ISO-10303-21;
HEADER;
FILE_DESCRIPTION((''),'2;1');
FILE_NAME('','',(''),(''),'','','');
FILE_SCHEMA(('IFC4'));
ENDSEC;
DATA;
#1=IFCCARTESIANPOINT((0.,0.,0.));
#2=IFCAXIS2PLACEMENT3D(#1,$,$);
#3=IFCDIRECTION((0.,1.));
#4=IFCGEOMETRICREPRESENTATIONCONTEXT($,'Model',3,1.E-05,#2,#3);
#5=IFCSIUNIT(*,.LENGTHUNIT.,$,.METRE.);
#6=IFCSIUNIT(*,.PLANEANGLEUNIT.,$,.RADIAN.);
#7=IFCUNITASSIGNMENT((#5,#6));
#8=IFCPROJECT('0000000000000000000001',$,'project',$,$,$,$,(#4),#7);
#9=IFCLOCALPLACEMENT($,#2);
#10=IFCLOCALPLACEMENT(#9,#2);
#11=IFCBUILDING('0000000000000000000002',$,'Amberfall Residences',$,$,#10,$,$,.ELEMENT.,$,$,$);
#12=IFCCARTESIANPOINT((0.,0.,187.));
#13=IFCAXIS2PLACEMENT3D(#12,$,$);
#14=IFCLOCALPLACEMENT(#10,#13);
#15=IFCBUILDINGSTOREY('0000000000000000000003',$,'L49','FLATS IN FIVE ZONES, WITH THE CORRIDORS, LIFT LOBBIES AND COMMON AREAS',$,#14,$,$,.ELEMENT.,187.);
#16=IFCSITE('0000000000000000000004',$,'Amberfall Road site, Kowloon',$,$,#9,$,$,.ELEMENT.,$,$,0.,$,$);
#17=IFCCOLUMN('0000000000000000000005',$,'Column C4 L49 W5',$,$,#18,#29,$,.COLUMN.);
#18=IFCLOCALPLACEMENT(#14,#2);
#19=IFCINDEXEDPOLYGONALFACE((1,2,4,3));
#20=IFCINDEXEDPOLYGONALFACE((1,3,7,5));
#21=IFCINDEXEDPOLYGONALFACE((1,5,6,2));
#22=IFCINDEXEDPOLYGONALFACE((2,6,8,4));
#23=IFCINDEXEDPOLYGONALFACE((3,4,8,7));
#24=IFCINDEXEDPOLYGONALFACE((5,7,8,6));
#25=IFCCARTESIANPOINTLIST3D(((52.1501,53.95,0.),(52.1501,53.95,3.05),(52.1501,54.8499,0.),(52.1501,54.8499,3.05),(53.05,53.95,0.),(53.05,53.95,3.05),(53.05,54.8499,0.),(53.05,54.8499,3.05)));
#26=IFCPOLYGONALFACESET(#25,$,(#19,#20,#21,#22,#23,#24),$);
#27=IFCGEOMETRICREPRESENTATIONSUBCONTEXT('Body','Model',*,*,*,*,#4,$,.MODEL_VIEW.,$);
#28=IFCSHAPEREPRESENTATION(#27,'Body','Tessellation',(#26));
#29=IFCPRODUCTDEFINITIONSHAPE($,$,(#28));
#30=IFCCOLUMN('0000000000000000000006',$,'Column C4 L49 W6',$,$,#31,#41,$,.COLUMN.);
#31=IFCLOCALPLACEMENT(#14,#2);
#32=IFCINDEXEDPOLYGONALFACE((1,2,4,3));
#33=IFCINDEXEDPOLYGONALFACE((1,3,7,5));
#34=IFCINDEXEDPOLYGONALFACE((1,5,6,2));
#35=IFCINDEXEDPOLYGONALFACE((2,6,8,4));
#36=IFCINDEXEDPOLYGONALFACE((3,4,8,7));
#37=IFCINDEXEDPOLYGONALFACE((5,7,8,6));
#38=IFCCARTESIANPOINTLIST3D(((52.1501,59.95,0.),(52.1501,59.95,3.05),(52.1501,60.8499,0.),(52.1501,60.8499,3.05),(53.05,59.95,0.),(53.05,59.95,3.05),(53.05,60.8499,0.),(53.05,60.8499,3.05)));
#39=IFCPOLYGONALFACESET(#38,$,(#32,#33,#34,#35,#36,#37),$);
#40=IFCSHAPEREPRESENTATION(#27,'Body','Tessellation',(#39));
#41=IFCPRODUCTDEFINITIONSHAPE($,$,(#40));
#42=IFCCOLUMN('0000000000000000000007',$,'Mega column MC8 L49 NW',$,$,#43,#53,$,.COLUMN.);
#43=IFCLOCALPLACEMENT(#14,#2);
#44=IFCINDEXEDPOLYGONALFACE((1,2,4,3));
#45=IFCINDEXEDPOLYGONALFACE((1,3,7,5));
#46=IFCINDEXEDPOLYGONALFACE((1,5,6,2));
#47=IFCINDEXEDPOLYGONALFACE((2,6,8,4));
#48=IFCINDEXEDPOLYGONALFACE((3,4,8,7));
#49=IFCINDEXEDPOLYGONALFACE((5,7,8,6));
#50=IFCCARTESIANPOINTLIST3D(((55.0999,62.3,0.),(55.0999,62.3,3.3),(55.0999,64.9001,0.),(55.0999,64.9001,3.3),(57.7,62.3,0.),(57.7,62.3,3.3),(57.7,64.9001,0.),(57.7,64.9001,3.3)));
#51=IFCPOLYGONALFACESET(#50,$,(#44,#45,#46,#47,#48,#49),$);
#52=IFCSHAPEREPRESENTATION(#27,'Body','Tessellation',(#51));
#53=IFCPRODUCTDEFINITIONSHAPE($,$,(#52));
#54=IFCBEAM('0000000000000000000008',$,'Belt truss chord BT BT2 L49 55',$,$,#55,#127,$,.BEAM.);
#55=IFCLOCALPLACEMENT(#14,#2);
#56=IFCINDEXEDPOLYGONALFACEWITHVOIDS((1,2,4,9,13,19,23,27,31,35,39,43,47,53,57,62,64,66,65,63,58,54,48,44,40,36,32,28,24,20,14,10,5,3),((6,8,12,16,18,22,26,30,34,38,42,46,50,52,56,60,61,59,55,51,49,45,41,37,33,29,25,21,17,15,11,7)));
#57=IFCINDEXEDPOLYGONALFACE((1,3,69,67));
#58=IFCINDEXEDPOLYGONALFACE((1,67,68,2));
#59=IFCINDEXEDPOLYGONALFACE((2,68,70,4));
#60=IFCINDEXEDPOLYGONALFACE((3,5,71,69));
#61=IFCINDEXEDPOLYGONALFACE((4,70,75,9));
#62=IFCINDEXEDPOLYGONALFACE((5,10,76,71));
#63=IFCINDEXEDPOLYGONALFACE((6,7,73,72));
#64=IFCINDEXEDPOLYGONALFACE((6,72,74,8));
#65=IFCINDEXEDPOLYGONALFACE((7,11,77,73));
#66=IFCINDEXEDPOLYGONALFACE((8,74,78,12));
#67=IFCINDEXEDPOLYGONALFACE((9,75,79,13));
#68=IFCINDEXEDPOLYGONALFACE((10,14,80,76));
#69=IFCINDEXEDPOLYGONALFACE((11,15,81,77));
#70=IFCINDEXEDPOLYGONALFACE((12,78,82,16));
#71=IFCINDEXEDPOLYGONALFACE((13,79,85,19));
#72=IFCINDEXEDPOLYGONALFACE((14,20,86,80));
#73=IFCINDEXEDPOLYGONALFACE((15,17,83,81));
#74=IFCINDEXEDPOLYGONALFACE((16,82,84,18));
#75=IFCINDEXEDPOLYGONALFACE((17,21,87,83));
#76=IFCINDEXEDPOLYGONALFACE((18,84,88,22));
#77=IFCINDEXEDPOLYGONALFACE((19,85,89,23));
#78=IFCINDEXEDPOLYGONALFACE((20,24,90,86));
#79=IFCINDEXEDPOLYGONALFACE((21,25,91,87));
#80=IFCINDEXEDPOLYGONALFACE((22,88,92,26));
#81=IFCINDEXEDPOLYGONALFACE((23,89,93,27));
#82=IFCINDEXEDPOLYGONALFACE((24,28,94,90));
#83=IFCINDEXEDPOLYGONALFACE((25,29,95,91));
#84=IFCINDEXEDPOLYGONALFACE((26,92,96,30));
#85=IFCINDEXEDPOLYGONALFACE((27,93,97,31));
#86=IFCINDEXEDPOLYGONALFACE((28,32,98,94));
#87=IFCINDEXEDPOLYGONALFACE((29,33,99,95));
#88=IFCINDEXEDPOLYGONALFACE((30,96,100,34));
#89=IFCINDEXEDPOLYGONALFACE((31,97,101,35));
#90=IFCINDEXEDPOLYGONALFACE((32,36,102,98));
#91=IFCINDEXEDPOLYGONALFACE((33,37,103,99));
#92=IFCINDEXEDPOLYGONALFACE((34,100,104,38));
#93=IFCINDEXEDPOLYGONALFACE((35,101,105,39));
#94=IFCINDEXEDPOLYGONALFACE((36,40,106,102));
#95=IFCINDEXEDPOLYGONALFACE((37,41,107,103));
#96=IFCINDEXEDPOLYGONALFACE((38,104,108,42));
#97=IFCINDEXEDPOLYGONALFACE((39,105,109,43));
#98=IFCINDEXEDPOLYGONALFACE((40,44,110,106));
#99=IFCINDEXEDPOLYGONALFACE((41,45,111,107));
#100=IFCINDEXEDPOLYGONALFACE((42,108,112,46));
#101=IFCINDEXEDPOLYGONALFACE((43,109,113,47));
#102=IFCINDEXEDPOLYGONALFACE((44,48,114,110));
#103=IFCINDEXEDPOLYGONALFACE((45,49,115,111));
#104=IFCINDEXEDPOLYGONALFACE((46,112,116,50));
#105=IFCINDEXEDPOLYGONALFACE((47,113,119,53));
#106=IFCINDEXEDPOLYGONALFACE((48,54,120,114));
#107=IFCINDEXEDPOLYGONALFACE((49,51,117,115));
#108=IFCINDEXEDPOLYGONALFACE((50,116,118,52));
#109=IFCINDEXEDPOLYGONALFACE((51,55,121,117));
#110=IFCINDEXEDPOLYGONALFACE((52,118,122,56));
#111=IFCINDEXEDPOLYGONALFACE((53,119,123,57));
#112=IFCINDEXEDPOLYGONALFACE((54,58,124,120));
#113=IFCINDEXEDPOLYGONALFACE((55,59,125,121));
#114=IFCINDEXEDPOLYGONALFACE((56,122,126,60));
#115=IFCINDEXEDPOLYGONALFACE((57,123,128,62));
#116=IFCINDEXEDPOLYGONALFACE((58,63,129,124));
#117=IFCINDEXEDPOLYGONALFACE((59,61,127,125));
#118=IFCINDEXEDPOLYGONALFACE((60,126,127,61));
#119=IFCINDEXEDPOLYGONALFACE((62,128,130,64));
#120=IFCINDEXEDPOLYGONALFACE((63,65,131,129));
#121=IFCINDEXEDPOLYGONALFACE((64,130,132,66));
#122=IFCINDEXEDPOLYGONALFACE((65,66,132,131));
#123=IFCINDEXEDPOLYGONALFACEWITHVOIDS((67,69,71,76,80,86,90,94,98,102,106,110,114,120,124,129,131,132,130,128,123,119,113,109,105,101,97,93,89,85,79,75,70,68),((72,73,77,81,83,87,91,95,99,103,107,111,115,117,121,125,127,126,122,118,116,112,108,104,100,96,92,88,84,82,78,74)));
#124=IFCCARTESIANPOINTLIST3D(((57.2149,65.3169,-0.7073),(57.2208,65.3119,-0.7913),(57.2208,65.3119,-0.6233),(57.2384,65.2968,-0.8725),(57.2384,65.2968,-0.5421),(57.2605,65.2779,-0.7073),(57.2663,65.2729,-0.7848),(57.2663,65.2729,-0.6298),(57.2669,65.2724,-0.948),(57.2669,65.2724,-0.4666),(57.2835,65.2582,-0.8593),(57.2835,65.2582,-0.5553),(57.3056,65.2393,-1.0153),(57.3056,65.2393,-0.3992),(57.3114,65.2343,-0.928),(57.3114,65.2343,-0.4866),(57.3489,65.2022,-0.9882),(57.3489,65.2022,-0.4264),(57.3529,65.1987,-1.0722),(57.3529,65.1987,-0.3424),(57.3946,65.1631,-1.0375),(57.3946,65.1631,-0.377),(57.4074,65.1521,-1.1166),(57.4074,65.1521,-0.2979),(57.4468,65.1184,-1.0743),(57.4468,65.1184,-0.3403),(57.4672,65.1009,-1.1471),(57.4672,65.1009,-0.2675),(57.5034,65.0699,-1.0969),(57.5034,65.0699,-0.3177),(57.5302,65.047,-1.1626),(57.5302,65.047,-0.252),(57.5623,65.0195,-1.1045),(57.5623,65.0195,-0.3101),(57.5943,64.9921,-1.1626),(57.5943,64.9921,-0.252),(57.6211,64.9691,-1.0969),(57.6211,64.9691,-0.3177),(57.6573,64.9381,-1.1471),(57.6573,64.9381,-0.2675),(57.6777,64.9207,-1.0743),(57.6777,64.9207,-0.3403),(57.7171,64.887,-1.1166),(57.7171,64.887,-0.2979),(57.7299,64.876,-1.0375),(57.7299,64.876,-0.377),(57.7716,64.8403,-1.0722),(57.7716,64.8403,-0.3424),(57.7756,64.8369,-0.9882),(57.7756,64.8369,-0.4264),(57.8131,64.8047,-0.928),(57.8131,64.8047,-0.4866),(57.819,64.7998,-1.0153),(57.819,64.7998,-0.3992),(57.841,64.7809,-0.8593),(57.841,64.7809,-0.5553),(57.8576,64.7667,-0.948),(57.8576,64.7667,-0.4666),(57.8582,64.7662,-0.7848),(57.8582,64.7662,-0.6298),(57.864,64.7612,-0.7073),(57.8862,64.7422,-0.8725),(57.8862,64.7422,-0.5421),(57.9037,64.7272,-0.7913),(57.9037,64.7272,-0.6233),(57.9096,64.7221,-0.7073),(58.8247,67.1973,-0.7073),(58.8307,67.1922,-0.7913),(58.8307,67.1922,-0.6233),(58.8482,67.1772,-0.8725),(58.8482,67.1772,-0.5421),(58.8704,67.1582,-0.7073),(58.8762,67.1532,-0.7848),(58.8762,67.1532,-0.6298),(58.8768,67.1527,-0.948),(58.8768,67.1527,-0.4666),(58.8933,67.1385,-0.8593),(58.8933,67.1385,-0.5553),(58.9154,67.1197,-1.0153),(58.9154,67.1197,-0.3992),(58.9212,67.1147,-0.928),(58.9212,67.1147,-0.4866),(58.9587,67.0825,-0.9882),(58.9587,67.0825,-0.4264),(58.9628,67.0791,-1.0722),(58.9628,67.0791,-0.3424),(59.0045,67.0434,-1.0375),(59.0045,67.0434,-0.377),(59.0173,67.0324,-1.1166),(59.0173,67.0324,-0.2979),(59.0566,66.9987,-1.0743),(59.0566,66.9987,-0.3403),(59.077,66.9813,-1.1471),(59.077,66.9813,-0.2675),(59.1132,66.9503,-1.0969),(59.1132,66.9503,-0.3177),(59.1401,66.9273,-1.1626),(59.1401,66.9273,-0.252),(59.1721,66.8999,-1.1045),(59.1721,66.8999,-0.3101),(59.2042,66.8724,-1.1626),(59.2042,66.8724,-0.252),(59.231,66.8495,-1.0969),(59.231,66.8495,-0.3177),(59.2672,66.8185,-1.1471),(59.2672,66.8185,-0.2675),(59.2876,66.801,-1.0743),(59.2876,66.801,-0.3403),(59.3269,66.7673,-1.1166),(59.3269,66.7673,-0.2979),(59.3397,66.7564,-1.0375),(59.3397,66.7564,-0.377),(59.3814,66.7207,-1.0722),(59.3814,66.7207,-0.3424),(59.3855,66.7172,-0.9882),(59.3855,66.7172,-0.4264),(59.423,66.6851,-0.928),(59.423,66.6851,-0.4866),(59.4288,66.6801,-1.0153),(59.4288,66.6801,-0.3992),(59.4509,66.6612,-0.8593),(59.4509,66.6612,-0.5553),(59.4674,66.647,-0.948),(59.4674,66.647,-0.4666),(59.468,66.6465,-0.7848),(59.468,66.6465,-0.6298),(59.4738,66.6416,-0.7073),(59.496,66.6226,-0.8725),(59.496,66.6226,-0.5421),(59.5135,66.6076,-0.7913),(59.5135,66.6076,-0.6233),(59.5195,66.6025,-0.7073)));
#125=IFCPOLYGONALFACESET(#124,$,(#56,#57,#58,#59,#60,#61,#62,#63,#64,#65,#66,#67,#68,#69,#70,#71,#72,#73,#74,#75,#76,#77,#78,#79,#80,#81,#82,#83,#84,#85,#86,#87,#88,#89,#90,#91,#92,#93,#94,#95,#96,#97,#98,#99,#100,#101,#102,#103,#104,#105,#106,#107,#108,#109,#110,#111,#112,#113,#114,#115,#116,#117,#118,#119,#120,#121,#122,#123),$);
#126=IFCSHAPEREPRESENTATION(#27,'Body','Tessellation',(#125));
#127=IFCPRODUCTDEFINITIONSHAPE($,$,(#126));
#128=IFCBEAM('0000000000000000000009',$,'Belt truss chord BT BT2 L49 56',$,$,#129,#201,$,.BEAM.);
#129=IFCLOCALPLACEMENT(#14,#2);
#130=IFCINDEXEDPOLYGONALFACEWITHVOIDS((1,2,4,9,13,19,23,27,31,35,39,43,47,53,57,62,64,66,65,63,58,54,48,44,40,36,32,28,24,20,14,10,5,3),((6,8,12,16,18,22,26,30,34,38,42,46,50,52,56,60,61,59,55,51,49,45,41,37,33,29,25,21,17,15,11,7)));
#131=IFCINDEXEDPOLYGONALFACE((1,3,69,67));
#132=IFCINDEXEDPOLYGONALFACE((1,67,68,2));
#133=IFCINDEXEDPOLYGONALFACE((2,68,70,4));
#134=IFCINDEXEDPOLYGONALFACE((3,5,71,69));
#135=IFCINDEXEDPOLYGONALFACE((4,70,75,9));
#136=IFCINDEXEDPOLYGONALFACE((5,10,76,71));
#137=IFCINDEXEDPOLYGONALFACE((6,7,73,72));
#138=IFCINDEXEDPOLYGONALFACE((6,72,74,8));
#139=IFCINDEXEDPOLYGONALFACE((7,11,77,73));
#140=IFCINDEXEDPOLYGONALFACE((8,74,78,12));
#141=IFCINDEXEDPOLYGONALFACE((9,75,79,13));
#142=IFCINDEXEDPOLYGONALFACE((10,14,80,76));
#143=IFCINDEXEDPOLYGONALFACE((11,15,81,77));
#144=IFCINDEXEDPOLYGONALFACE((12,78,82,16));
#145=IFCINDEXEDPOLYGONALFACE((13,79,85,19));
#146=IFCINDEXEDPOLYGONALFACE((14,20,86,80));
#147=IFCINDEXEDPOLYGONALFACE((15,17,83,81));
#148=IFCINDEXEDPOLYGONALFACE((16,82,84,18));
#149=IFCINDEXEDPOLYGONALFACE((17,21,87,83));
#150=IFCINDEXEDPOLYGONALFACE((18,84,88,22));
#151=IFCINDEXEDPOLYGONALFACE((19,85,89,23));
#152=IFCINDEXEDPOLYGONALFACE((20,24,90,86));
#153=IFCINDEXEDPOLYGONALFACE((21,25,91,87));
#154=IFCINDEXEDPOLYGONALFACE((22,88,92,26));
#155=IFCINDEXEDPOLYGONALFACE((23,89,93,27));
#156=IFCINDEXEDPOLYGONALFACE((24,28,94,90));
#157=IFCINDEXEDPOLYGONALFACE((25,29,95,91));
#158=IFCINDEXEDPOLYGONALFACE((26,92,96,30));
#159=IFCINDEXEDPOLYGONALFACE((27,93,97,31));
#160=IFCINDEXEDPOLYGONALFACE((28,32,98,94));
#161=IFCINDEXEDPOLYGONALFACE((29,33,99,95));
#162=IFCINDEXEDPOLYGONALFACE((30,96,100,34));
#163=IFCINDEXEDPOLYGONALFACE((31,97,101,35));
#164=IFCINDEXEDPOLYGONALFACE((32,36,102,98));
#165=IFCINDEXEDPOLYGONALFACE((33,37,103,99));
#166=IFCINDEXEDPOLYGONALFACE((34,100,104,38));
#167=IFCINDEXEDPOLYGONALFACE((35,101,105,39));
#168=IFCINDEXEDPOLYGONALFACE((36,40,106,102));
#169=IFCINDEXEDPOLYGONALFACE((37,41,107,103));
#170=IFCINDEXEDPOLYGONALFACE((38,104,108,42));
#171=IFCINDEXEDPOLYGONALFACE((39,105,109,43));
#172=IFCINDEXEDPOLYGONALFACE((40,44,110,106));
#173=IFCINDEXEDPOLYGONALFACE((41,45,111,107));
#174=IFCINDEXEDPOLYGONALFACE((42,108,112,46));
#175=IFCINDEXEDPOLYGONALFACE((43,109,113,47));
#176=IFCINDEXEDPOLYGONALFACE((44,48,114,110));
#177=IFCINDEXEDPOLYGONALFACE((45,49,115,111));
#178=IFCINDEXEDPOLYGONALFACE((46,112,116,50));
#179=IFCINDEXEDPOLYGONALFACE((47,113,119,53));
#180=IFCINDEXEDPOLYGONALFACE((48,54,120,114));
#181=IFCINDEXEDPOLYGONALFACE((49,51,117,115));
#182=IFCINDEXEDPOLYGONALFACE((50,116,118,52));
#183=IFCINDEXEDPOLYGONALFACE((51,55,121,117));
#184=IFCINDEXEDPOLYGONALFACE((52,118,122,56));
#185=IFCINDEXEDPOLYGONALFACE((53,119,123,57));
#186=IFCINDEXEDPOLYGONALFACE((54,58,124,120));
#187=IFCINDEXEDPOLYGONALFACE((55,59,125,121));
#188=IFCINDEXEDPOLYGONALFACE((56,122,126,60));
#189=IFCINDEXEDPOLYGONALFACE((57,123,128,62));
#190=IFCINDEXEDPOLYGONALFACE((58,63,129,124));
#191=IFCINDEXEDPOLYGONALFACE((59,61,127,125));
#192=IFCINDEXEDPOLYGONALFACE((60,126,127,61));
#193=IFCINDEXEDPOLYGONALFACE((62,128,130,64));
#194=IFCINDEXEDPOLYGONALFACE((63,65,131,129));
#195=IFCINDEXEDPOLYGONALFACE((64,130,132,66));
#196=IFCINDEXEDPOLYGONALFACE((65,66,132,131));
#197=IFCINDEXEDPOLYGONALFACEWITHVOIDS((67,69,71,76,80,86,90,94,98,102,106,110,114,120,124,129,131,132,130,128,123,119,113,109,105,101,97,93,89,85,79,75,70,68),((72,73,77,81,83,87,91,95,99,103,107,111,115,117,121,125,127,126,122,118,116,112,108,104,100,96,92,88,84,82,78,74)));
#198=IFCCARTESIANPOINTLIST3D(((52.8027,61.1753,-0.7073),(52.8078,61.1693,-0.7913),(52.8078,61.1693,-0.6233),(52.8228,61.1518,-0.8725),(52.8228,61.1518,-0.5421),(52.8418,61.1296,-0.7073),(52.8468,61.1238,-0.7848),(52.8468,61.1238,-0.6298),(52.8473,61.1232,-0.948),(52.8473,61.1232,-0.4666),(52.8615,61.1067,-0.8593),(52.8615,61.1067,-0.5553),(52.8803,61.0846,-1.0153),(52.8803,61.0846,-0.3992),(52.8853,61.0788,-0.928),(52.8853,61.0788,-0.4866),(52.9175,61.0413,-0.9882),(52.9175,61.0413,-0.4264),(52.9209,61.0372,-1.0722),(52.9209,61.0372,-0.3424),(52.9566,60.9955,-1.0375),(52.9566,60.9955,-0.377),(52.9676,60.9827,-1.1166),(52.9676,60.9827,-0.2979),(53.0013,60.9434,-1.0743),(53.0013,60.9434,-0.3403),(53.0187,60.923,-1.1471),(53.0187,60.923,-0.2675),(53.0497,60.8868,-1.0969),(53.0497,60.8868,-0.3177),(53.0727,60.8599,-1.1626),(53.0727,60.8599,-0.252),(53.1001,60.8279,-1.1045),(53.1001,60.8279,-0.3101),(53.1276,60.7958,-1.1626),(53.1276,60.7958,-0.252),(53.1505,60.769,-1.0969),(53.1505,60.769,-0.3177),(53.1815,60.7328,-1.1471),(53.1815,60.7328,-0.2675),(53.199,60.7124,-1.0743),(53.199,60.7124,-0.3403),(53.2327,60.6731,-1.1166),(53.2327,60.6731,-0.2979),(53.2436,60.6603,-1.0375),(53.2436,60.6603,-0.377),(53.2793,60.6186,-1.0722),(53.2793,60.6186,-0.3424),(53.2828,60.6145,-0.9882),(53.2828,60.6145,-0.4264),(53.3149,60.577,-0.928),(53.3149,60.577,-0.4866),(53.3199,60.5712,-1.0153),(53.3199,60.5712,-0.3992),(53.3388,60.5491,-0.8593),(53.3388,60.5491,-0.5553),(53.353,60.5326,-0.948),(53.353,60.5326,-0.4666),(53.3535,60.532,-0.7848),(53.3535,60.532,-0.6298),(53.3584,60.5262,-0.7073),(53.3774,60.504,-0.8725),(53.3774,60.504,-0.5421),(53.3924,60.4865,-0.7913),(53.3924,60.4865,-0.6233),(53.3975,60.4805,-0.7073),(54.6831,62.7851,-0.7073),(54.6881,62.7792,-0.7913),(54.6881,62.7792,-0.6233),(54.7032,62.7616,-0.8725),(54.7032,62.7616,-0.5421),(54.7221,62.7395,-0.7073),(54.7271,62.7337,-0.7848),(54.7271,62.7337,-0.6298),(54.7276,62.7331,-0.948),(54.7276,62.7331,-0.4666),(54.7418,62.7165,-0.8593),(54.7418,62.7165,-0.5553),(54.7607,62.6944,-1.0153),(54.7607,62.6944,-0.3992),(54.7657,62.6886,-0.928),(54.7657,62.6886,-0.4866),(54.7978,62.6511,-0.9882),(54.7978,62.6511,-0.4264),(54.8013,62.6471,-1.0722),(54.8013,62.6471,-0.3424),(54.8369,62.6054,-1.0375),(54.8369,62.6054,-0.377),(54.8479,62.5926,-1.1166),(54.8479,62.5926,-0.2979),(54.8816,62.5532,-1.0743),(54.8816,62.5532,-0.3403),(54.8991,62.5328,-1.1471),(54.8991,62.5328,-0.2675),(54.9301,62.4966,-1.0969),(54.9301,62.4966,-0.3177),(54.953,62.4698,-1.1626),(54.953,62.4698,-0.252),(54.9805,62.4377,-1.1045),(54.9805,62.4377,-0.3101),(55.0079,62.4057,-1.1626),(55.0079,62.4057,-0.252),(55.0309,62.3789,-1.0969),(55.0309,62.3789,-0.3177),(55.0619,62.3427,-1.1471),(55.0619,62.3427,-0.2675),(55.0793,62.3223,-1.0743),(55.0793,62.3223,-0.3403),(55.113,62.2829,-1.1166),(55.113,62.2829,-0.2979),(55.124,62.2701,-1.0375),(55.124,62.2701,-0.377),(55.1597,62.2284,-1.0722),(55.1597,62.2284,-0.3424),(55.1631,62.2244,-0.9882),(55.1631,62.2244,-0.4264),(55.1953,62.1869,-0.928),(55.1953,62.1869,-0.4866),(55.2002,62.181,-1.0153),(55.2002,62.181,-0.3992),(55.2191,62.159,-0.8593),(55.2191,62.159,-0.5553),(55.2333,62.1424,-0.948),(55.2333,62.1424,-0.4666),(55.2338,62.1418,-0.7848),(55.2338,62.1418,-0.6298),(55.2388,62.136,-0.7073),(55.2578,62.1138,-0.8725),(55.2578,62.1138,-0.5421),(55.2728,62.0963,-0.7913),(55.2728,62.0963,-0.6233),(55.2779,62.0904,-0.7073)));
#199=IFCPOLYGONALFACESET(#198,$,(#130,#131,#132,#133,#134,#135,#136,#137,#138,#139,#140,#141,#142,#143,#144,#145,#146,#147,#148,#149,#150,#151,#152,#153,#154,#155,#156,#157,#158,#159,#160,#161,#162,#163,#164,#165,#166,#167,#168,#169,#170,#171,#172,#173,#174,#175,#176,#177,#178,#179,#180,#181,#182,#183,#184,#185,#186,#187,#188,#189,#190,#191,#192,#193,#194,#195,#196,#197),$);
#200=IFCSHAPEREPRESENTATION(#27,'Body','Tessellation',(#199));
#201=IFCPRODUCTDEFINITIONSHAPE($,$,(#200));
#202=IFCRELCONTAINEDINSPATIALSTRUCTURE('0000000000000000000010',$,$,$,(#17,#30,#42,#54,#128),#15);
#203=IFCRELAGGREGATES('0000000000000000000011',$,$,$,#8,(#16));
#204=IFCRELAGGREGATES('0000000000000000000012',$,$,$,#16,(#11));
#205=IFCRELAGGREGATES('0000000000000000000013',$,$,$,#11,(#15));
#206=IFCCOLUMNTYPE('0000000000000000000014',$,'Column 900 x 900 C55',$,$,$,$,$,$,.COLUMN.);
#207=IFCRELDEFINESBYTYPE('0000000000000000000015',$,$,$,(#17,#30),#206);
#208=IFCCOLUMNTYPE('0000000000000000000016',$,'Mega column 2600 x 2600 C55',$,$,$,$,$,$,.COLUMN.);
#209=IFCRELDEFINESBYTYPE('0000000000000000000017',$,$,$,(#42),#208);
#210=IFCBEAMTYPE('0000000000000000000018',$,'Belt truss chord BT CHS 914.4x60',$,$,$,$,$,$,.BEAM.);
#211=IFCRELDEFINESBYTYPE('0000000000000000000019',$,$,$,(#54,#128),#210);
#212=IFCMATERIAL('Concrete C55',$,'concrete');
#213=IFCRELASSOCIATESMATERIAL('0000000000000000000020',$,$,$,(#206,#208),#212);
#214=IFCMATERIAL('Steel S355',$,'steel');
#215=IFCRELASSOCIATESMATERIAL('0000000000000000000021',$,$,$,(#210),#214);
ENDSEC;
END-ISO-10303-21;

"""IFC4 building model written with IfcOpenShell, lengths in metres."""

from ifc_helpers import new_model, si_unit, direction, frame, origin, origin_2d, place, context, subcontext, project, spatial, rectangle, hollow_circle, extrude, material, material_profile, profile_set, type_object, element, save


model = new_model("IFC4")

# Units and contexts
model_context = context("Model", 3, precision=1e-05, world=origin(), true_north=direction((0.0, 1.0)))
body_context = subcontext(model_context, "Body", "Model", "MODEL_VIEW")
ifc_project = project(units=[si_unit("LENGTHUNIT", "METRE"), si_unit("PLANEANGLEUNIT", "RADIAN")], contexts=[model_context])

# Site, building, storey
site_placement = place(None, origin())
site = spatial("IfcSite", under=ifc_project, at=site_placement, Name="Amberfall Road site, Kowloon", CompositionType="ELEMENT", RefElevation=0.0)
building_placement = place(site_placement, origin())
building = spatial("IfcBuilding", under=site, at=building_placement, Name="Amberfall Residences", CompositionType="ELEMENT")
storey_placement = place(building_placement, frame((0.0, 0.0, 187.0)))
storey = spatial("IfcBuildingStorey", under=building, at=storey_placement, Name="L49", Description="FLATS IN FIVE ZONES, WITH THE CORRIDORS, LIFT LOBBIES AND COMMON AREAS", CompositionType="ELEMENT", Elevation=187.0)

# Columns
ifc_material_1 = material(Name="Concrete C55", Category="concrete")
ifc_material_profile_1 = material_profile(ifc_material_1, rectangle(XDim=0.8999, YDim=0.8999, at=origin_2d()), Name="Column 900 x 900 C55")
ifc_profile_set_1 = profile_set([ifc_material_profile_1], Name="Concrete C55")
column_type_1 = type_object("IfcColumnType", Name="Column 900 x 900 C55", PredefinedType="COLUMN", material=ifc_profile_set_1)
for number, where, z_axis, x_axis, name in (
    (1, (52.6001, 54.3999, 0.0), (0.0, 0.0, 1.0), (1.0, 0.0, 0.0), "Column C4 L49 W5"),
    (2, (52.6001, 60.3999, 0.0), (0.0, 0.0, 1.0), (1.0, 0.0, 0.0), "Column C4 L49 W6"),
):
    element("IfcColumn", number, at=place(storey_placement, frame(where, z_axis=z_axis, x_axis=x_axis)), inside=storey, type_object=column_type_1, Name=name, PredefinedType="COLUMN", context=body_context, shape_type="SweptSolid", body=[
        extrude(rectangle(XDim=0.8999, YDim=0.8999, at=origin_2d()), origin(), (0.0, 0.0, 1.0), 3.05),
    ])
ifc_material_profile_2 = material_profile(ifc_material_1, rectangle(XDim=2.6001, YDim=2.6001, at=origin_2d()), Name="Mega column 2600 x 2600 C55")
ifc_profile_set_2 = profile_set([ifc_material_profile_2], Name="Concrete C55")
column_type_2 = type_object("IfcColumnType", Name="Mega column 2600 x 2600 C55", PredefinedType="COLUMN", material=ifc_profile_set_2)
column_placement = place(storey_placement, frame((56.3999, 63.6001, 0.0), z_axis=(0.0, 0.0, 1.0), x_axis=(1.0, 0.0, 0.0)))
element("IfcColumn", 3, at=column_placement, inside=storey, type_object=column_type_2, Name="Mega column MC8 L49 NW", PredefinedType="COLUMN", context=body_context, shape_type="SweptSolid", body=[
    extrude(rectangle(XDim=2.6001, YDim=2.6001, at=origin_2d()), origin(), (0.0, 0.0, 1.0), 3.3),
])

# Beams
ifc_material_2 = material(Name="Steel S355", Category="steel")
ifc_material_profile_3 = material_profile(ifc_material_2, hollow_circle(Radius=0.4573, WallThickness=0.0601, at=origin_2d()), Name="CHS 914.4x60")
ifc_profile_set_3 = profile_set([ifc_material_profile_3], Name="Steel S355")
beam_type_1 = type_object("IfcBeamType", Name="Belt truss chord BT CHS 914.4x60", PredefinedType="BEAM", material=ifc_profile_set_3)
for number, where, z_axis, x_axis, name in (
    (4, (57.5623, 65.0195, -0.7073), (0.650353, 0.759632, 0.0), (-0.759632, 0.650353, 0.0), "Belt truss chord BT BT2 L49 55"),
    (5, (54.9805, 62.4377, -0.7073), (-0.759632, -0.650353, 0.0), (0.650353, -0.759632, 0.0), "Belt truss chord BT BT2 L49 56"),
):
    element("IfcBeam", number, at=place(storey_placement, frame(where, z_axis=z_axis, x_axis=x_axis)), inside=storey, type_object=beam_type_1, Name=name, PredefinedType="BEAM", context=body_context, shape_type="SweptSolid", body=[
        extrude(hollow_circle(Radius=0.4573, WallThickness=0.0601, at=origin_2d()), origin(), (0.0, 0.0, 1.0), 2.4753),
    ])

save(model, "model.ifc")
